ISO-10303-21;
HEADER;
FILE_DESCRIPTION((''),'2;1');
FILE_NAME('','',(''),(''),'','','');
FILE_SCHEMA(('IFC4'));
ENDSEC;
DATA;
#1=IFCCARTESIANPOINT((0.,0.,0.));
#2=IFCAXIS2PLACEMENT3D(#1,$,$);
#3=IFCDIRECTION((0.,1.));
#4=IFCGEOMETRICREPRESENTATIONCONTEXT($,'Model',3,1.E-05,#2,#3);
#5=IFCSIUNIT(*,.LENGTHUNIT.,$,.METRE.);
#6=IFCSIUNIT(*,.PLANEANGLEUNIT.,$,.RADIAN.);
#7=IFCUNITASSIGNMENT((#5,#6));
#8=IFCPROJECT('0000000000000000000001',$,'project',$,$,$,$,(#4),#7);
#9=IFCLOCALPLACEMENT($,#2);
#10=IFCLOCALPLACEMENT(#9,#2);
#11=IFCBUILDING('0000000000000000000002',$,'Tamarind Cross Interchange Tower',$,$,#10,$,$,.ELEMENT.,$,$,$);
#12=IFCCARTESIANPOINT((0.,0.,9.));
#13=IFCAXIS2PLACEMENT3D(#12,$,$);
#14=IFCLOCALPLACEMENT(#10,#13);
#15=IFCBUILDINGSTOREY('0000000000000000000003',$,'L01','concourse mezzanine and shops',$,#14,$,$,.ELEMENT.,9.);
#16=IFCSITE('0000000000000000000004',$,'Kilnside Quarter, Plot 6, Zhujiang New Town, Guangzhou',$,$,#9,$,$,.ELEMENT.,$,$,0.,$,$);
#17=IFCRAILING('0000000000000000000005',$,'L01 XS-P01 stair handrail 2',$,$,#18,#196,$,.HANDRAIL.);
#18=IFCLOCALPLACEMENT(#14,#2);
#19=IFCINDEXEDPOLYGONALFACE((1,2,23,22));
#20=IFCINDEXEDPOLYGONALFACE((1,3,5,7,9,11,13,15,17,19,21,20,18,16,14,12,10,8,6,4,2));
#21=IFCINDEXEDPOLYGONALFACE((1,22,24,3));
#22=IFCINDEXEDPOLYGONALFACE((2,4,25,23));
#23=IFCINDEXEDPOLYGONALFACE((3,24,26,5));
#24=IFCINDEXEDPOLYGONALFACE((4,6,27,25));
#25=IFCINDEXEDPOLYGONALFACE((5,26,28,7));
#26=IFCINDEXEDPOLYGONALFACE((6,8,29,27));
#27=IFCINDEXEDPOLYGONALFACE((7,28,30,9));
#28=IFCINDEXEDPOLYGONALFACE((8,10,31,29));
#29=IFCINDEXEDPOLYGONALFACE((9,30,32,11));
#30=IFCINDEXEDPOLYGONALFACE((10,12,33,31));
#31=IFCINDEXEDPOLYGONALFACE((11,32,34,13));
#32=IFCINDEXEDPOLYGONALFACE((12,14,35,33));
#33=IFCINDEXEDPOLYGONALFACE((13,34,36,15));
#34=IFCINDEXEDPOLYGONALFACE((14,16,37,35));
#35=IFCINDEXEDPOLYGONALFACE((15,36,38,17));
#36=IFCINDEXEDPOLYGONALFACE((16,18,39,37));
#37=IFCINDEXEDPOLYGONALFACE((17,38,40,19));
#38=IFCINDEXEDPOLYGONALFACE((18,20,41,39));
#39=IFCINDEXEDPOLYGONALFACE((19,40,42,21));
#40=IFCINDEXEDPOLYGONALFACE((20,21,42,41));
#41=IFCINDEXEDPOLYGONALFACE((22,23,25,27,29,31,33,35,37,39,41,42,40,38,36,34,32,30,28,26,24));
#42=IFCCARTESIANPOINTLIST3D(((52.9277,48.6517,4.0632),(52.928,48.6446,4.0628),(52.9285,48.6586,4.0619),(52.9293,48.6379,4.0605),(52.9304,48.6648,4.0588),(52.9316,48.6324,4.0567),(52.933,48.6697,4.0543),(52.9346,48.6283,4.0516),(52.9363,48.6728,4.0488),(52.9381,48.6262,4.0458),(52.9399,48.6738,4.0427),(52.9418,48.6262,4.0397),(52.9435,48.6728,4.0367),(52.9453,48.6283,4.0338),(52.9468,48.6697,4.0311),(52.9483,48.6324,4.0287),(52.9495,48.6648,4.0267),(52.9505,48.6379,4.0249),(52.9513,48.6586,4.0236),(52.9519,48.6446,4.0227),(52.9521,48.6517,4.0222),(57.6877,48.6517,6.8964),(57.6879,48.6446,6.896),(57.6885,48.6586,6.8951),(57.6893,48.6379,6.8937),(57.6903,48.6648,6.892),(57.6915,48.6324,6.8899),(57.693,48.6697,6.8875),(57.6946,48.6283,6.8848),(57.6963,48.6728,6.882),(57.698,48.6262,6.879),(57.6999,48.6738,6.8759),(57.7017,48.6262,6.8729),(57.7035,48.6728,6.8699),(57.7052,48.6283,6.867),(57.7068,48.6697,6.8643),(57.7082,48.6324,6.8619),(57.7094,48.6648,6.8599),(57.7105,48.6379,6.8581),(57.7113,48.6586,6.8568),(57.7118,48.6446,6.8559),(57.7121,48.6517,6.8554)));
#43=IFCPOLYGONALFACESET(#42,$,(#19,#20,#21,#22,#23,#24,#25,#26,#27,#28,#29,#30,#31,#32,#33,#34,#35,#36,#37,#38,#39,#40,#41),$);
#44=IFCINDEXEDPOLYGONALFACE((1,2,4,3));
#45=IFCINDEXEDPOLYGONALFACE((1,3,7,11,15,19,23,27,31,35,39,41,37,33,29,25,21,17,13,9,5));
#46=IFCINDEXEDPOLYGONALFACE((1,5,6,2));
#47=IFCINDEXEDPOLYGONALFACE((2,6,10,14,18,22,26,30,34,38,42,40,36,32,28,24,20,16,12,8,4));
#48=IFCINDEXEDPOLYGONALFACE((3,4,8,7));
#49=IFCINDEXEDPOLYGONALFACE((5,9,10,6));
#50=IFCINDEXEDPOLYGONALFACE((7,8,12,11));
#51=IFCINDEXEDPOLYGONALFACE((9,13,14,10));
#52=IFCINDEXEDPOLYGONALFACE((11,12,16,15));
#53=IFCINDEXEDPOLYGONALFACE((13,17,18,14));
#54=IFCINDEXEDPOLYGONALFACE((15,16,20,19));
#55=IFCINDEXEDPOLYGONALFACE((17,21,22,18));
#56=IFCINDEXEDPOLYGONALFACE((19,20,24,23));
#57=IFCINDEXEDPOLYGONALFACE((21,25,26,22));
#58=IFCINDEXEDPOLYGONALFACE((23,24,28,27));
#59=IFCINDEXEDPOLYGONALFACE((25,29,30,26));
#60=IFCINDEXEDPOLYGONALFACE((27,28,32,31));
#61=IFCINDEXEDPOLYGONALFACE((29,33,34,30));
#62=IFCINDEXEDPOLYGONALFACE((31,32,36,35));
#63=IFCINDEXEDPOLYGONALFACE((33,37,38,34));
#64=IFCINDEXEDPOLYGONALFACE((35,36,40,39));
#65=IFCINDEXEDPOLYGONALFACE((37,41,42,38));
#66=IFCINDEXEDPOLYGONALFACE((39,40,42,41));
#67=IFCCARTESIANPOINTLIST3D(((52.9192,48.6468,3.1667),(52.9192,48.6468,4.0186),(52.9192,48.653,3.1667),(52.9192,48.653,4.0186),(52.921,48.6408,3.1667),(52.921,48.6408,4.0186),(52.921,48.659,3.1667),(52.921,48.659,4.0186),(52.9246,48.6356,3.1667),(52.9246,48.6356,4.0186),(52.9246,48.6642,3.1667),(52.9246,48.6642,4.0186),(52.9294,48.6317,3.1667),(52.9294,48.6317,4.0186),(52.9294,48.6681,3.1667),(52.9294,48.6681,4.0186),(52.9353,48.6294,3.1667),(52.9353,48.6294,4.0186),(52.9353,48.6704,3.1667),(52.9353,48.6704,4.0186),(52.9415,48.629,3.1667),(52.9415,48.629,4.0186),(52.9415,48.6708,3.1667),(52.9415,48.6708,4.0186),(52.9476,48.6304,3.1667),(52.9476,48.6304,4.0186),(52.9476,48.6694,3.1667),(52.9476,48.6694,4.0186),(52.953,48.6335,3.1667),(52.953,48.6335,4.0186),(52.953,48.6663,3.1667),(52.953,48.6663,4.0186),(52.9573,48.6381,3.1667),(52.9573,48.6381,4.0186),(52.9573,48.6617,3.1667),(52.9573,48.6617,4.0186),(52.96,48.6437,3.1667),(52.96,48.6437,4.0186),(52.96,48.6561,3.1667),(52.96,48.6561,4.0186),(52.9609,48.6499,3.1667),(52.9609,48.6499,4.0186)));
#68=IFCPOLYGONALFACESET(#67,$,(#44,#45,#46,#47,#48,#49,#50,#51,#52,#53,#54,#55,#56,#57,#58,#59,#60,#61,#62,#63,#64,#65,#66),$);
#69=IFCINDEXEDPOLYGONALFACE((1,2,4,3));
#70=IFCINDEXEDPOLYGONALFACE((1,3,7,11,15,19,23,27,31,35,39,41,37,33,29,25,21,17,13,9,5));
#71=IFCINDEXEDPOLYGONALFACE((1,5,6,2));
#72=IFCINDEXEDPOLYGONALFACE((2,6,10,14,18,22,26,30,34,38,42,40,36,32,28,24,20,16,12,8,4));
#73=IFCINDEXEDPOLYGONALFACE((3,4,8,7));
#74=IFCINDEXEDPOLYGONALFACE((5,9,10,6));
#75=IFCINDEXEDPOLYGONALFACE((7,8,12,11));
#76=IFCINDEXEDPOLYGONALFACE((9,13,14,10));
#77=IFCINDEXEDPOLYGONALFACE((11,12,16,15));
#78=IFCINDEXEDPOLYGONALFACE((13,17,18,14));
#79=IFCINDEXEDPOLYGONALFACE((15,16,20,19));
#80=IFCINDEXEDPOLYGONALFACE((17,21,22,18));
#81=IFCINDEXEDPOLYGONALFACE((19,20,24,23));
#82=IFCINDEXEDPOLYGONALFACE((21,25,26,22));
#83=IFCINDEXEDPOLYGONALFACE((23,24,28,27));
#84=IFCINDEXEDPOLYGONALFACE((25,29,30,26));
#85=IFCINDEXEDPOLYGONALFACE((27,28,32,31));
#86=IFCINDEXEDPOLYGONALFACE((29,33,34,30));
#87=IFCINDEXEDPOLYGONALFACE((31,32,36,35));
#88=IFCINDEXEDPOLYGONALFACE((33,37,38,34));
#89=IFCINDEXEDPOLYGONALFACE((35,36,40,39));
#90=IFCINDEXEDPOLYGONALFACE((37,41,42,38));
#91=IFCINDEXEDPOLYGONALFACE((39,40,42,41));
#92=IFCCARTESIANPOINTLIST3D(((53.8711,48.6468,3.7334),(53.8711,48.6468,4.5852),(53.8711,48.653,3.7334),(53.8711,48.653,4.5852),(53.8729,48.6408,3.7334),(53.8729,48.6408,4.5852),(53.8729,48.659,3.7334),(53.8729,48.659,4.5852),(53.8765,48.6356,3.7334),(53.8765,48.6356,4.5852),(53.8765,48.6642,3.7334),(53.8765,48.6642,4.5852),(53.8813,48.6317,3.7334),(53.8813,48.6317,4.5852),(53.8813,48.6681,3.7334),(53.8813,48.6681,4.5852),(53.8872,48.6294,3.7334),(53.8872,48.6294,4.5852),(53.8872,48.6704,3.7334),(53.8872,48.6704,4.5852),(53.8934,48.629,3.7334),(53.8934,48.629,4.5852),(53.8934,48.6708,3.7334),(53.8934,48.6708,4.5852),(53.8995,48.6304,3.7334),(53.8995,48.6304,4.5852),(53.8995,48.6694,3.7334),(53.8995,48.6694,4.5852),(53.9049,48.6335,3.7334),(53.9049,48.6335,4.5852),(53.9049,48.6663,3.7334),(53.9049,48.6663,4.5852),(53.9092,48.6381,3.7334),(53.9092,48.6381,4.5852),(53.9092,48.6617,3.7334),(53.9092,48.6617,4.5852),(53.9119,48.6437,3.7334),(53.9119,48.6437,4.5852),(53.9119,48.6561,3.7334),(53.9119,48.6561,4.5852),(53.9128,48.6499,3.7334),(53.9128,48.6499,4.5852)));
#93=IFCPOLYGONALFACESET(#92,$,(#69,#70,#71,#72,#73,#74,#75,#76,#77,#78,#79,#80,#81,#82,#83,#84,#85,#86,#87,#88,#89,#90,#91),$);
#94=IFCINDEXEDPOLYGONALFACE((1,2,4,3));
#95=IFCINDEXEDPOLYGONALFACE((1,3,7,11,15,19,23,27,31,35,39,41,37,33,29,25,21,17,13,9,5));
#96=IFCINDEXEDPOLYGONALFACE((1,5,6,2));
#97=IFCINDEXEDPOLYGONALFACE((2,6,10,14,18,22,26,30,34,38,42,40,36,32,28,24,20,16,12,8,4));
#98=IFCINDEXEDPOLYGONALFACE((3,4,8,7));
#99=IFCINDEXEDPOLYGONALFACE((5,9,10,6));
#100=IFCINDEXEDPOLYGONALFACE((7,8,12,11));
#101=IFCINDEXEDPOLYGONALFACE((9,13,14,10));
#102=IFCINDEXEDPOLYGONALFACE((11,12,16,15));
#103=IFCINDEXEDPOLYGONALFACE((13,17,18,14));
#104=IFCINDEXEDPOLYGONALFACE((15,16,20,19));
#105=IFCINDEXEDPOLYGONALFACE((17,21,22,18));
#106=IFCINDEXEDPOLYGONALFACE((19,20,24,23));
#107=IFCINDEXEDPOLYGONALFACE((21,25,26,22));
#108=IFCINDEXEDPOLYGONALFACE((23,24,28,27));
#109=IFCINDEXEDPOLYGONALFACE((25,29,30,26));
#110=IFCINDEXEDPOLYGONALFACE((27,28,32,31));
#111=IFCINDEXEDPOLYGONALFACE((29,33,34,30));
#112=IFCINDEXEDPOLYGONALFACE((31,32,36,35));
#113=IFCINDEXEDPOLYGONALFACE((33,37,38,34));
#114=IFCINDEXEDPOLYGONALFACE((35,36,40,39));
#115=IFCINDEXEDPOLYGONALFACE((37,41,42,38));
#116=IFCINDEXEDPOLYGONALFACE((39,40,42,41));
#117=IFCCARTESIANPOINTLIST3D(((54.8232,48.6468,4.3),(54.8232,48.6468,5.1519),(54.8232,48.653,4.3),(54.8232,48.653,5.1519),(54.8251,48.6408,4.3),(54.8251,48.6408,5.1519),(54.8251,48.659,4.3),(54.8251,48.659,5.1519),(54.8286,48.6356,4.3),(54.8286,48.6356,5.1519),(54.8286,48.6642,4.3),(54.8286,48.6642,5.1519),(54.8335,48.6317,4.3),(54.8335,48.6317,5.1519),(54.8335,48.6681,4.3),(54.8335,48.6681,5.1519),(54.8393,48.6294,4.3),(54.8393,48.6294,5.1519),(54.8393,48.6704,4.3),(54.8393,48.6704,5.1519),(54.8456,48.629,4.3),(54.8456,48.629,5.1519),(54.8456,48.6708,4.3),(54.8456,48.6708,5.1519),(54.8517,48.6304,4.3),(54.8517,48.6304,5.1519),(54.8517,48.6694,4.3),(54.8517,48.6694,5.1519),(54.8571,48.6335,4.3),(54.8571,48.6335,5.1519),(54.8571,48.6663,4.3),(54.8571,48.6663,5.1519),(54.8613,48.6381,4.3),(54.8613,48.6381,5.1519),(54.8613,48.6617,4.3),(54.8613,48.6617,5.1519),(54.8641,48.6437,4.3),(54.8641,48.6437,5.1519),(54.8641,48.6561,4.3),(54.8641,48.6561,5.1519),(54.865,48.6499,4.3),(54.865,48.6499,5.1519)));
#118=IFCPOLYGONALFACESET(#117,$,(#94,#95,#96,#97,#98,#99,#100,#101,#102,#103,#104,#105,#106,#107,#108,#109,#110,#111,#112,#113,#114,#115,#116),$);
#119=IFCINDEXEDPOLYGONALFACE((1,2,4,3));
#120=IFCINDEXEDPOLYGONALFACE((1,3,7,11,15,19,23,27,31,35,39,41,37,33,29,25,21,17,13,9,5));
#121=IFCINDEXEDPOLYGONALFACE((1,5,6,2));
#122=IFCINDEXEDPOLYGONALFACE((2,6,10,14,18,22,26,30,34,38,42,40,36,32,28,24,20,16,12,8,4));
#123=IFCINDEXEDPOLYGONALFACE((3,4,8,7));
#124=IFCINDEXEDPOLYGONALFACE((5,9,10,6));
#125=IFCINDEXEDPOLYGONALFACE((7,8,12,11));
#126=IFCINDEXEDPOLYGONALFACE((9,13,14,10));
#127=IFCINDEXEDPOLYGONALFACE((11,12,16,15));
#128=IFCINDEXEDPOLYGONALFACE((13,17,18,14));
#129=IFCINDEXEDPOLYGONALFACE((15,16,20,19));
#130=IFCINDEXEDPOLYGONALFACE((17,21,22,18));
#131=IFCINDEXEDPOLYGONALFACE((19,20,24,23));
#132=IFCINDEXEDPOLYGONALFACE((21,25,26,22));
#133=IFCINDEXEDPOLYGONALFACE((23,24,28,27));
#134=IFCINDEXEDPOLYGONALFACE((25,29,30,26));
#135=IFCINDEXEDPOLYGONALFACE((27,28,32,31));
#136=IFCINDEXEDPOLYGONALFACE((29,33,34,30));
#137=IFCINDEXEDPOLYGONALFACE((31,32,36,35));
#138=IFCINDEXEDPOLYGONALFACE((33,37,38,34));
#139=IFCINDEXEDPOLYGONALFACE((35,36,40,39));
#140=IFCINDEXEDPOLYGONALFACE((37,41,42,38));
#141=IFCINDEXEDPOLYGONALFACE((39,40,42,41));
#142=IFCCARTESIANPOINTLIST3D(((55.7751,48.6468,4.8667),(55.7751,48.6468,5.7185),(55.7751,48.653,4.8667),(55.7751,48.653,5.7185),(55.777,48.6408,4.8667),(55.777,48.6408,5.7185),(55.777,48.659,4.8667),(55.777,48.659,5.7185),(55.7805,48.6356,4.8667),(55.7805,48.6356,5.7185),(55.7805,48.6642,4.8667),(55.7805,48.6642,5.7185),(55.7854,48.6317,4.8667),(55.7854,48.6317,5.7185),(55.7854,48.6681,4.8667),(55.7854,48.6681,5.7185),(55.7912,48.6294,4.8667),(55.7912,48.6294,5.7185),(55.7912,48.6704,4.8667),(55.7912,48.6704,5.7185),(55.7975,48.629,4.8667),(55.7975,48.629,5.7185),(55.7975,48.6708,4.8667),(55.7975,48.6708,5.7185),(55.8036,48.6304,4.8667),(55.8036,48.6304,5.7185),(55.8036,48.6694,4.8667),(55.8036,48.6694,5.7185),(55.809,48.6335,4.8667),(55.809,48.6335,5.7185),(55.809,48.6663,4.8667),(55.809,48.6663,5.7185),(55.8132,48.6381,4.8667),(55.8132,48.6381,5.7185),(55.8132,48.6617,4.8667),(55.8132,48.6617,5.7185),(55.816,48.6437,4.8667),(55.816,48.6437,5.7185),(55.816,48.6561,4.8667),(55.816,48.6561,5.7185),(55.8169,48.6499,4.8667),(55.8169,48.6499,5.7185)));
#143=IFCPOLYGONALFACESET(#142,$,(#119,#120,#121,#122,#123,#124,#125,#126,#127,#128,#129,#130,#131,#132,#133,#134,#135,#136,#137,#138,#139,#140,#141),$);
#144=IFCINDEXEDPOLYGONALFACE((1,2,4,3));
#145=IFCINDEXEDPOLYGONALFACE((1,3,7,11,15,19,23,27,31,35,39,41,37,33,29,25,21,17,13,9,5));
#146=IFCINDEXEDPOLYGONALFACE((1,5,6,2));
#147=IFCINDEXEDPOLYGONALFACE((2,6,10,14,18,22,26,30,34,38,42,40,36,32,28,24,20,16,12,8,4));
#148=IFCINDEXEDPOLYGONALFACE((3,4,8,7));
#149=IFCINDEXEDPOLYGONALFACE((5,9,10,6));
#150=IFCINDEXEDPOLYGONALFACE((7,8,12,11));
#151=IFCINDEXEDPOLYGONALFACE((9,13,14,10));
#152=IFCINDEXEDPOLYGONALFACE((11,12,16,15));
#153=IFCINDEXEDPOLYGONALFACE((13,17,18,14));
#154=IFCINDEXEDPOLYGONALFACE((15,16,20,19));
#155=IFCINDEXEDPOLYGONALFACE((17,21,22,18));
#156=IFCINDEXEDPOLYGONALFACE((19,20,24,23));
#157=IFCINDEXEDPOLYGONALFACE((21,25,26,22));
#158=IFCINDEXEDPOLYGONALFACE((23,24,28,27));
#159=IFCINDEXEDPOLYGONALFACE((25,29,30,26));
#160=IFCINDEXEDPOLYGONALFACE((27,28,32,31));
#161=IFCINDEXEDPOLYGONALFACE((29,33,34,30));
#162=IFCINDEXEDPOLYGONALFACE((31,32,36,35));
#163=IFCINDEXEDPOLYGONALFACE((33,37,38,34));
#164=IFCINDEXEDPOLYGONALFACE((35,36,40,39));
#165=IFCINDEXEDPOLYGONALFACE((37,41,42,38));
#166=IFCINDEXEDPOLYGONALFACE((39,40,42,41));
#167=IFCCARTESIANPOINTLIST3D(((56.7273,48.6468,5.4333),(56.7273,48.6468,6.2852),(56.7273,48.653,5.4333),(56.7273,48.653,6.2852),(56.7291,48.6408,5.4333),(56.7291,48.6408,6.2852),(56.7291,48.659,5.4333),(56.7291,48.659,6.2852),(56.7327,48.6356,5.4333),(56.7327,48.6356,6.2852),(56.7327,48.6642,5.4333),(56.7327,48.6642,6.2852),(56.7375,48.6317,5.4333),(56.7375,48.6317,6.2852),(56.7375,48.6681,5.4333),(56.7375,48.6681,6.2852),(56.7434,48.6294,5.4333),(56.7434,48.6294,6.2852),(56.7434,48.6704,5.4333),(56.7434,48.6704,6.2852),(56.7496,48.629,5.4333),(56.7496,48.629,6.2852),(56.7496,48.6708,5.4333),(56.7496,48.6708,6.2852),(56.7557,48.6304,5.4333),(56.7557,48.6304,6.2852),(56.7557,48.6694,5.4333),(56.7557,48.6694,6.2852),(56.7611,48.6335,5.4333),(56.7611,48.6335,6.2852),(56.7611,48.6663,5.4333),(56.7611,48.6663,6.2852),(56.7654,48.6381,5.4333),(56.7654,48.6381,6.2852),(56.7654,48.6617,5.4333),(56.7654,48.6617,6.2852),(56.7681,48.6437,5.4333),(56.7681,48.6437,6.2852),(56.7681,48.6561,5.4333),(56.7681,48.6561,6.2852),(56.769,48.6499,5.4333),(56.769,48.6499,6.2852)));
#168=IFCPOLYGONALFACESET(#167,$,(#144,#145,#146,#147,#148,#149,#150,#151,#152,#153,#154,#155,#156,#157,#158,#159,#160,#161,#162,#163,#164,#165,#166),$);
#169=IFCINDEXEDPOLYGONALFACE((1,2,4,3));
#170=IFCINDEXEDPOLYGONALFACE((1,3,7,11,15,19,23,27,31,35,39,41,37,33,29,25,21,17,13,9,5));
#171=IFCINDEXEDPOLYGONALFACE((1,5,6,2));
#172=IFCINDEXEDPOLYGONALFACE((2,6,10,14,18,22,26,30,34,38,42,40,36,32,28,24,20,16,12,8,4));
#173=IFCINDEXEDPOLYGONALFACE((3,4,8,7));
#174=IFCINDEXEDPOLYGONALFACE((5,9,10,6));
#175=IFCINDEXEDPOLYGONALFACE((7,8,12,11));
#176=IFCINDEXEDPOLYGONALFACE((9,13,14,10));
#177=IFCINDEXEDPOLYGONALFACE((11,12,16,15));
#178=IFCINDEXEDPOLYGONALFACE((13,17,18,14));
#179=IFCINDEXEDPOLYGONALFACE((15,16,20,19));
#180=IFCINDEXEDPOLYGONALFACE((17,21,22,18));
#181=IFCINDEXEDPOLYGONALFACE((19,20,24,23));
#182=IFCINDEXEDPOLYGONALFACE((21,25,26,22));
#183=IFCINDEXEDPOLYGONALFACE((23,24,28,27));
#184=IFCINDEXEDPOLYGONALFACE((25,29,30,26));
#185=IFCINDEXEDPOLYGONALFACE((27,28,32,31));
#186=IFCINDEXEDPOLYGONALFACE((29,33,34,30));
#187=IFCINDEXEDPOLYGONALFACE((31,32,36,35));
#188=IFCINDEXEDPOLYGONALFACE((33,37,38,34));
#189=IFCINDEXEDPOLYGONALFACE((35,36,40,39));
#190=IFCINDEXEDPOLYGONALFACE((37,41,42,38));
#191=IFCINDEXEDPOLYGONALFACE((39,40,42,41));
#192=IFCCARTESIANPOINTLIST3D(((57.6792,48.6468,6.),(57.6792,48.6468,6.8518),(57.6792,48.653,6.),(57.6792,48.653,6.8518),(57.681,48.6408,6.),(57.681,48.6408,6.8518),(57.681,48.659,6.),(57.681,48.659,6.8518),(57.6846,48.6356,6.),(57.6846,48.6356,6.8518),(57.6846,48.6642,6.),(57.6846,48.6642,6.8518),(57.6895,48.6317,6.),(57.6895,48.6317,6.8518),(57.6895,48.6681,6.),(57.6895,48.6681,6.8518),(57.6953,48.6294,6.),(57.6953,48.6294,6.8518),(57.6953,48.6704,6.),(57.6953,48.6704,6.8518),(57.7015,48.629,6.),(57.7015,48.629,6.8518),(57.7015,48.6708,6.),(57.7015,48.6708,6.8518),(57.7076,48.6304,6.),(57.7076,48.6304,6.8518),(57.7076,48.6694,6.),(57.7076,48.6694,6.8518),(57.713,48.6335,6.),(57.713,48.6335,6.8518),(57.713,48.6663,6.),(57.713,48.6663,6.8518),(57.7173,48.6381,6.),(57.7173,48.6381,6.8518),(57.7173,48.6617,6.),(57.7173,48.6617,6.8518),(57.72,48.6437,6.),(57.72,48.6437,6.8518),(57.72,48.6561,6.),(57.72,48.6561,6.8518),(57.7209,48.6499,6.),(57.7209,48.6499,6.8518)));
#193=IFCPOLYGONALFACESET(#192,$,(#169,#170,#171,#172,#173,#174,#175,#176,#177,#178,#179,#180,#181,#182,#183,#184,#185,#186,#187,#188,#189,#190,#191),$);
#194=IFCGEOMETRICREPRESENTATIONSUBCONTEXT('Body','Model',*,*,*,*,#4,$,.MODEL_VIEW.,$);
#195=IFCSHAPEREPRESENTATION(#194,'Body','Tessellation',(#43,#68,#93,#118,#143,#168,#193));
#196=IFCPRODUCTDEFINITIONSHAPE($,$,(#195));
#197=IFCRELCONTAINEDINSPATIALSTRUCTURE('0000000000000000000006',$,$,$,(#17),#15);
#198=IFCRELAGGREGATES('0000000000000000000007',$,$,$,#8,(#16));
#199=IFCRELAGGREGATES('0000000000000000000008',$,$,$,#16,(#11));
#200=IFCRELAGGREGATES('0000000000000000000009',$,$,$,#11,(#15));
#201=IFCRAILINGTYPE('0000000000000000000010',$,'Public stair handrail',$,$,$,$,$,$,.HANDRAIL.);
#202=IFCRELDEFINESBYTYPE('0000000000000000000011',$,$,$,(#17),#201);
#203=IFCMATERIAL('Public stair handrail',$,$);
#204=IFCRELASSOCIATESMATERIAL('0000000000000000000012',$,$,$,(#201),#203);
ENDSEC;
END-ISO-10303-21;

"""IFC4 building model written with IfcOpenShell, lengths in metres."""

from ifc_helpers import new_model, si_unit, direction, frame, origin, origin_2d, place, context, subcontext, project, spatial, circle, extrude, material, type_object, element, save


model = new_model("IFC4")

# Units and contexts
model_context = context("Model", 3, precision=1e-05, world=origin(), true_north=direction((0.0, 1.0)))
body_context = subcontext(model_context, "Body", "Model", "MODEL_VIEW")
ifc_project = project(units=[si_unit("LENGTHUNIT", "METRE"), si_unit("PLANEANGLEUNIT", "RADIAN")], contexts=[model_context])

# Site, building, storey
site_placement = place(None, origin())
site = spatial("IfcSite", under=ifc_project, at=site_placement, Name="Kilnside Quarter, Plot 6, Zhujiang New Town, Guangzhou", CompositionType="ELEMENT", RefElevation=0.0)
building_placement = place(site_placement, origin())
building = spatial("IfcBuilding", under=site, at=building_placement, Name="Tamarind Cross Interchange Tower", CompositionType="ELEMENT")
storey_placement = place(building_placement, frame((0.0, 0.0, 9.0)))
storey = spatial("IfcBuildingStorey", under=building, at=storey_placement, Name="L01", Description="concourse mezzanine and shops", CompositionType="ELEMENT", Elevation=9.0)

# Railing
ifc_material_1 = material(Name="Public stair handrail")
railing_type_1 = type_object("IfcRailingType", Name="Public stair handrail", PredefinedType="HANDRAIL", material=ifc_material_1)
railing_1_placement = place(storey_placement, frame((52.9399, 48.6499, 3.1667)))
element("IfcRailing", 1, at=railing_1_placement, inside=storey, type_object=railing_type_1, Name="L01 XS-P01 stair handrail 2", PredefinedType="HANDRAIL", context=body_context, shape_type="SweptSolid", body=[
    extrude(circle(Radius=0.0239, at=origin_2d()), frame((0.0, 0.0, 0.876), z_axis=(0.8593, 0.0, 0.511472), x_axis=(0.0, 1.0, 0.0)), (0.0, 0.0, 1.0), 5.5393),
    extrude(circle(Radius=0.021, at=origin_2d()), origin(), (0.0, 0.0, 1.0), 0.8518),
    extrude(circle(Radius=0.021, at=origin_2d()), frame((0.9519, 0.0, 0.5667)), (0.0, 0.0, 1.0), 0.8518),
    extrude(circle(Radius=0.021, at=origin_2d()), frame((1.9041, 0.0, 1.1333)), (0.0, 0.0, 1.0), 0.8518),
    extrude(circle(Radius=0.021, at=origin_2d()), frame((2.856, 0.0, 1.7)), (0.0, 0.0, 1.0), 0.8518),
    extrude(circle(Radius=0.021, at=origin_2d()), frame((3.8081, 0.0, 2.2666)), (0.0, 0.0, 1.0), 0.8518),
    extrude(circle(Radius=0.021, at=origin_2d()), frame((4.76, 0.0, 2.8333)), (0.0, 0.0, 1.0), 0.8518),
])

save(model, "model.ifc")
